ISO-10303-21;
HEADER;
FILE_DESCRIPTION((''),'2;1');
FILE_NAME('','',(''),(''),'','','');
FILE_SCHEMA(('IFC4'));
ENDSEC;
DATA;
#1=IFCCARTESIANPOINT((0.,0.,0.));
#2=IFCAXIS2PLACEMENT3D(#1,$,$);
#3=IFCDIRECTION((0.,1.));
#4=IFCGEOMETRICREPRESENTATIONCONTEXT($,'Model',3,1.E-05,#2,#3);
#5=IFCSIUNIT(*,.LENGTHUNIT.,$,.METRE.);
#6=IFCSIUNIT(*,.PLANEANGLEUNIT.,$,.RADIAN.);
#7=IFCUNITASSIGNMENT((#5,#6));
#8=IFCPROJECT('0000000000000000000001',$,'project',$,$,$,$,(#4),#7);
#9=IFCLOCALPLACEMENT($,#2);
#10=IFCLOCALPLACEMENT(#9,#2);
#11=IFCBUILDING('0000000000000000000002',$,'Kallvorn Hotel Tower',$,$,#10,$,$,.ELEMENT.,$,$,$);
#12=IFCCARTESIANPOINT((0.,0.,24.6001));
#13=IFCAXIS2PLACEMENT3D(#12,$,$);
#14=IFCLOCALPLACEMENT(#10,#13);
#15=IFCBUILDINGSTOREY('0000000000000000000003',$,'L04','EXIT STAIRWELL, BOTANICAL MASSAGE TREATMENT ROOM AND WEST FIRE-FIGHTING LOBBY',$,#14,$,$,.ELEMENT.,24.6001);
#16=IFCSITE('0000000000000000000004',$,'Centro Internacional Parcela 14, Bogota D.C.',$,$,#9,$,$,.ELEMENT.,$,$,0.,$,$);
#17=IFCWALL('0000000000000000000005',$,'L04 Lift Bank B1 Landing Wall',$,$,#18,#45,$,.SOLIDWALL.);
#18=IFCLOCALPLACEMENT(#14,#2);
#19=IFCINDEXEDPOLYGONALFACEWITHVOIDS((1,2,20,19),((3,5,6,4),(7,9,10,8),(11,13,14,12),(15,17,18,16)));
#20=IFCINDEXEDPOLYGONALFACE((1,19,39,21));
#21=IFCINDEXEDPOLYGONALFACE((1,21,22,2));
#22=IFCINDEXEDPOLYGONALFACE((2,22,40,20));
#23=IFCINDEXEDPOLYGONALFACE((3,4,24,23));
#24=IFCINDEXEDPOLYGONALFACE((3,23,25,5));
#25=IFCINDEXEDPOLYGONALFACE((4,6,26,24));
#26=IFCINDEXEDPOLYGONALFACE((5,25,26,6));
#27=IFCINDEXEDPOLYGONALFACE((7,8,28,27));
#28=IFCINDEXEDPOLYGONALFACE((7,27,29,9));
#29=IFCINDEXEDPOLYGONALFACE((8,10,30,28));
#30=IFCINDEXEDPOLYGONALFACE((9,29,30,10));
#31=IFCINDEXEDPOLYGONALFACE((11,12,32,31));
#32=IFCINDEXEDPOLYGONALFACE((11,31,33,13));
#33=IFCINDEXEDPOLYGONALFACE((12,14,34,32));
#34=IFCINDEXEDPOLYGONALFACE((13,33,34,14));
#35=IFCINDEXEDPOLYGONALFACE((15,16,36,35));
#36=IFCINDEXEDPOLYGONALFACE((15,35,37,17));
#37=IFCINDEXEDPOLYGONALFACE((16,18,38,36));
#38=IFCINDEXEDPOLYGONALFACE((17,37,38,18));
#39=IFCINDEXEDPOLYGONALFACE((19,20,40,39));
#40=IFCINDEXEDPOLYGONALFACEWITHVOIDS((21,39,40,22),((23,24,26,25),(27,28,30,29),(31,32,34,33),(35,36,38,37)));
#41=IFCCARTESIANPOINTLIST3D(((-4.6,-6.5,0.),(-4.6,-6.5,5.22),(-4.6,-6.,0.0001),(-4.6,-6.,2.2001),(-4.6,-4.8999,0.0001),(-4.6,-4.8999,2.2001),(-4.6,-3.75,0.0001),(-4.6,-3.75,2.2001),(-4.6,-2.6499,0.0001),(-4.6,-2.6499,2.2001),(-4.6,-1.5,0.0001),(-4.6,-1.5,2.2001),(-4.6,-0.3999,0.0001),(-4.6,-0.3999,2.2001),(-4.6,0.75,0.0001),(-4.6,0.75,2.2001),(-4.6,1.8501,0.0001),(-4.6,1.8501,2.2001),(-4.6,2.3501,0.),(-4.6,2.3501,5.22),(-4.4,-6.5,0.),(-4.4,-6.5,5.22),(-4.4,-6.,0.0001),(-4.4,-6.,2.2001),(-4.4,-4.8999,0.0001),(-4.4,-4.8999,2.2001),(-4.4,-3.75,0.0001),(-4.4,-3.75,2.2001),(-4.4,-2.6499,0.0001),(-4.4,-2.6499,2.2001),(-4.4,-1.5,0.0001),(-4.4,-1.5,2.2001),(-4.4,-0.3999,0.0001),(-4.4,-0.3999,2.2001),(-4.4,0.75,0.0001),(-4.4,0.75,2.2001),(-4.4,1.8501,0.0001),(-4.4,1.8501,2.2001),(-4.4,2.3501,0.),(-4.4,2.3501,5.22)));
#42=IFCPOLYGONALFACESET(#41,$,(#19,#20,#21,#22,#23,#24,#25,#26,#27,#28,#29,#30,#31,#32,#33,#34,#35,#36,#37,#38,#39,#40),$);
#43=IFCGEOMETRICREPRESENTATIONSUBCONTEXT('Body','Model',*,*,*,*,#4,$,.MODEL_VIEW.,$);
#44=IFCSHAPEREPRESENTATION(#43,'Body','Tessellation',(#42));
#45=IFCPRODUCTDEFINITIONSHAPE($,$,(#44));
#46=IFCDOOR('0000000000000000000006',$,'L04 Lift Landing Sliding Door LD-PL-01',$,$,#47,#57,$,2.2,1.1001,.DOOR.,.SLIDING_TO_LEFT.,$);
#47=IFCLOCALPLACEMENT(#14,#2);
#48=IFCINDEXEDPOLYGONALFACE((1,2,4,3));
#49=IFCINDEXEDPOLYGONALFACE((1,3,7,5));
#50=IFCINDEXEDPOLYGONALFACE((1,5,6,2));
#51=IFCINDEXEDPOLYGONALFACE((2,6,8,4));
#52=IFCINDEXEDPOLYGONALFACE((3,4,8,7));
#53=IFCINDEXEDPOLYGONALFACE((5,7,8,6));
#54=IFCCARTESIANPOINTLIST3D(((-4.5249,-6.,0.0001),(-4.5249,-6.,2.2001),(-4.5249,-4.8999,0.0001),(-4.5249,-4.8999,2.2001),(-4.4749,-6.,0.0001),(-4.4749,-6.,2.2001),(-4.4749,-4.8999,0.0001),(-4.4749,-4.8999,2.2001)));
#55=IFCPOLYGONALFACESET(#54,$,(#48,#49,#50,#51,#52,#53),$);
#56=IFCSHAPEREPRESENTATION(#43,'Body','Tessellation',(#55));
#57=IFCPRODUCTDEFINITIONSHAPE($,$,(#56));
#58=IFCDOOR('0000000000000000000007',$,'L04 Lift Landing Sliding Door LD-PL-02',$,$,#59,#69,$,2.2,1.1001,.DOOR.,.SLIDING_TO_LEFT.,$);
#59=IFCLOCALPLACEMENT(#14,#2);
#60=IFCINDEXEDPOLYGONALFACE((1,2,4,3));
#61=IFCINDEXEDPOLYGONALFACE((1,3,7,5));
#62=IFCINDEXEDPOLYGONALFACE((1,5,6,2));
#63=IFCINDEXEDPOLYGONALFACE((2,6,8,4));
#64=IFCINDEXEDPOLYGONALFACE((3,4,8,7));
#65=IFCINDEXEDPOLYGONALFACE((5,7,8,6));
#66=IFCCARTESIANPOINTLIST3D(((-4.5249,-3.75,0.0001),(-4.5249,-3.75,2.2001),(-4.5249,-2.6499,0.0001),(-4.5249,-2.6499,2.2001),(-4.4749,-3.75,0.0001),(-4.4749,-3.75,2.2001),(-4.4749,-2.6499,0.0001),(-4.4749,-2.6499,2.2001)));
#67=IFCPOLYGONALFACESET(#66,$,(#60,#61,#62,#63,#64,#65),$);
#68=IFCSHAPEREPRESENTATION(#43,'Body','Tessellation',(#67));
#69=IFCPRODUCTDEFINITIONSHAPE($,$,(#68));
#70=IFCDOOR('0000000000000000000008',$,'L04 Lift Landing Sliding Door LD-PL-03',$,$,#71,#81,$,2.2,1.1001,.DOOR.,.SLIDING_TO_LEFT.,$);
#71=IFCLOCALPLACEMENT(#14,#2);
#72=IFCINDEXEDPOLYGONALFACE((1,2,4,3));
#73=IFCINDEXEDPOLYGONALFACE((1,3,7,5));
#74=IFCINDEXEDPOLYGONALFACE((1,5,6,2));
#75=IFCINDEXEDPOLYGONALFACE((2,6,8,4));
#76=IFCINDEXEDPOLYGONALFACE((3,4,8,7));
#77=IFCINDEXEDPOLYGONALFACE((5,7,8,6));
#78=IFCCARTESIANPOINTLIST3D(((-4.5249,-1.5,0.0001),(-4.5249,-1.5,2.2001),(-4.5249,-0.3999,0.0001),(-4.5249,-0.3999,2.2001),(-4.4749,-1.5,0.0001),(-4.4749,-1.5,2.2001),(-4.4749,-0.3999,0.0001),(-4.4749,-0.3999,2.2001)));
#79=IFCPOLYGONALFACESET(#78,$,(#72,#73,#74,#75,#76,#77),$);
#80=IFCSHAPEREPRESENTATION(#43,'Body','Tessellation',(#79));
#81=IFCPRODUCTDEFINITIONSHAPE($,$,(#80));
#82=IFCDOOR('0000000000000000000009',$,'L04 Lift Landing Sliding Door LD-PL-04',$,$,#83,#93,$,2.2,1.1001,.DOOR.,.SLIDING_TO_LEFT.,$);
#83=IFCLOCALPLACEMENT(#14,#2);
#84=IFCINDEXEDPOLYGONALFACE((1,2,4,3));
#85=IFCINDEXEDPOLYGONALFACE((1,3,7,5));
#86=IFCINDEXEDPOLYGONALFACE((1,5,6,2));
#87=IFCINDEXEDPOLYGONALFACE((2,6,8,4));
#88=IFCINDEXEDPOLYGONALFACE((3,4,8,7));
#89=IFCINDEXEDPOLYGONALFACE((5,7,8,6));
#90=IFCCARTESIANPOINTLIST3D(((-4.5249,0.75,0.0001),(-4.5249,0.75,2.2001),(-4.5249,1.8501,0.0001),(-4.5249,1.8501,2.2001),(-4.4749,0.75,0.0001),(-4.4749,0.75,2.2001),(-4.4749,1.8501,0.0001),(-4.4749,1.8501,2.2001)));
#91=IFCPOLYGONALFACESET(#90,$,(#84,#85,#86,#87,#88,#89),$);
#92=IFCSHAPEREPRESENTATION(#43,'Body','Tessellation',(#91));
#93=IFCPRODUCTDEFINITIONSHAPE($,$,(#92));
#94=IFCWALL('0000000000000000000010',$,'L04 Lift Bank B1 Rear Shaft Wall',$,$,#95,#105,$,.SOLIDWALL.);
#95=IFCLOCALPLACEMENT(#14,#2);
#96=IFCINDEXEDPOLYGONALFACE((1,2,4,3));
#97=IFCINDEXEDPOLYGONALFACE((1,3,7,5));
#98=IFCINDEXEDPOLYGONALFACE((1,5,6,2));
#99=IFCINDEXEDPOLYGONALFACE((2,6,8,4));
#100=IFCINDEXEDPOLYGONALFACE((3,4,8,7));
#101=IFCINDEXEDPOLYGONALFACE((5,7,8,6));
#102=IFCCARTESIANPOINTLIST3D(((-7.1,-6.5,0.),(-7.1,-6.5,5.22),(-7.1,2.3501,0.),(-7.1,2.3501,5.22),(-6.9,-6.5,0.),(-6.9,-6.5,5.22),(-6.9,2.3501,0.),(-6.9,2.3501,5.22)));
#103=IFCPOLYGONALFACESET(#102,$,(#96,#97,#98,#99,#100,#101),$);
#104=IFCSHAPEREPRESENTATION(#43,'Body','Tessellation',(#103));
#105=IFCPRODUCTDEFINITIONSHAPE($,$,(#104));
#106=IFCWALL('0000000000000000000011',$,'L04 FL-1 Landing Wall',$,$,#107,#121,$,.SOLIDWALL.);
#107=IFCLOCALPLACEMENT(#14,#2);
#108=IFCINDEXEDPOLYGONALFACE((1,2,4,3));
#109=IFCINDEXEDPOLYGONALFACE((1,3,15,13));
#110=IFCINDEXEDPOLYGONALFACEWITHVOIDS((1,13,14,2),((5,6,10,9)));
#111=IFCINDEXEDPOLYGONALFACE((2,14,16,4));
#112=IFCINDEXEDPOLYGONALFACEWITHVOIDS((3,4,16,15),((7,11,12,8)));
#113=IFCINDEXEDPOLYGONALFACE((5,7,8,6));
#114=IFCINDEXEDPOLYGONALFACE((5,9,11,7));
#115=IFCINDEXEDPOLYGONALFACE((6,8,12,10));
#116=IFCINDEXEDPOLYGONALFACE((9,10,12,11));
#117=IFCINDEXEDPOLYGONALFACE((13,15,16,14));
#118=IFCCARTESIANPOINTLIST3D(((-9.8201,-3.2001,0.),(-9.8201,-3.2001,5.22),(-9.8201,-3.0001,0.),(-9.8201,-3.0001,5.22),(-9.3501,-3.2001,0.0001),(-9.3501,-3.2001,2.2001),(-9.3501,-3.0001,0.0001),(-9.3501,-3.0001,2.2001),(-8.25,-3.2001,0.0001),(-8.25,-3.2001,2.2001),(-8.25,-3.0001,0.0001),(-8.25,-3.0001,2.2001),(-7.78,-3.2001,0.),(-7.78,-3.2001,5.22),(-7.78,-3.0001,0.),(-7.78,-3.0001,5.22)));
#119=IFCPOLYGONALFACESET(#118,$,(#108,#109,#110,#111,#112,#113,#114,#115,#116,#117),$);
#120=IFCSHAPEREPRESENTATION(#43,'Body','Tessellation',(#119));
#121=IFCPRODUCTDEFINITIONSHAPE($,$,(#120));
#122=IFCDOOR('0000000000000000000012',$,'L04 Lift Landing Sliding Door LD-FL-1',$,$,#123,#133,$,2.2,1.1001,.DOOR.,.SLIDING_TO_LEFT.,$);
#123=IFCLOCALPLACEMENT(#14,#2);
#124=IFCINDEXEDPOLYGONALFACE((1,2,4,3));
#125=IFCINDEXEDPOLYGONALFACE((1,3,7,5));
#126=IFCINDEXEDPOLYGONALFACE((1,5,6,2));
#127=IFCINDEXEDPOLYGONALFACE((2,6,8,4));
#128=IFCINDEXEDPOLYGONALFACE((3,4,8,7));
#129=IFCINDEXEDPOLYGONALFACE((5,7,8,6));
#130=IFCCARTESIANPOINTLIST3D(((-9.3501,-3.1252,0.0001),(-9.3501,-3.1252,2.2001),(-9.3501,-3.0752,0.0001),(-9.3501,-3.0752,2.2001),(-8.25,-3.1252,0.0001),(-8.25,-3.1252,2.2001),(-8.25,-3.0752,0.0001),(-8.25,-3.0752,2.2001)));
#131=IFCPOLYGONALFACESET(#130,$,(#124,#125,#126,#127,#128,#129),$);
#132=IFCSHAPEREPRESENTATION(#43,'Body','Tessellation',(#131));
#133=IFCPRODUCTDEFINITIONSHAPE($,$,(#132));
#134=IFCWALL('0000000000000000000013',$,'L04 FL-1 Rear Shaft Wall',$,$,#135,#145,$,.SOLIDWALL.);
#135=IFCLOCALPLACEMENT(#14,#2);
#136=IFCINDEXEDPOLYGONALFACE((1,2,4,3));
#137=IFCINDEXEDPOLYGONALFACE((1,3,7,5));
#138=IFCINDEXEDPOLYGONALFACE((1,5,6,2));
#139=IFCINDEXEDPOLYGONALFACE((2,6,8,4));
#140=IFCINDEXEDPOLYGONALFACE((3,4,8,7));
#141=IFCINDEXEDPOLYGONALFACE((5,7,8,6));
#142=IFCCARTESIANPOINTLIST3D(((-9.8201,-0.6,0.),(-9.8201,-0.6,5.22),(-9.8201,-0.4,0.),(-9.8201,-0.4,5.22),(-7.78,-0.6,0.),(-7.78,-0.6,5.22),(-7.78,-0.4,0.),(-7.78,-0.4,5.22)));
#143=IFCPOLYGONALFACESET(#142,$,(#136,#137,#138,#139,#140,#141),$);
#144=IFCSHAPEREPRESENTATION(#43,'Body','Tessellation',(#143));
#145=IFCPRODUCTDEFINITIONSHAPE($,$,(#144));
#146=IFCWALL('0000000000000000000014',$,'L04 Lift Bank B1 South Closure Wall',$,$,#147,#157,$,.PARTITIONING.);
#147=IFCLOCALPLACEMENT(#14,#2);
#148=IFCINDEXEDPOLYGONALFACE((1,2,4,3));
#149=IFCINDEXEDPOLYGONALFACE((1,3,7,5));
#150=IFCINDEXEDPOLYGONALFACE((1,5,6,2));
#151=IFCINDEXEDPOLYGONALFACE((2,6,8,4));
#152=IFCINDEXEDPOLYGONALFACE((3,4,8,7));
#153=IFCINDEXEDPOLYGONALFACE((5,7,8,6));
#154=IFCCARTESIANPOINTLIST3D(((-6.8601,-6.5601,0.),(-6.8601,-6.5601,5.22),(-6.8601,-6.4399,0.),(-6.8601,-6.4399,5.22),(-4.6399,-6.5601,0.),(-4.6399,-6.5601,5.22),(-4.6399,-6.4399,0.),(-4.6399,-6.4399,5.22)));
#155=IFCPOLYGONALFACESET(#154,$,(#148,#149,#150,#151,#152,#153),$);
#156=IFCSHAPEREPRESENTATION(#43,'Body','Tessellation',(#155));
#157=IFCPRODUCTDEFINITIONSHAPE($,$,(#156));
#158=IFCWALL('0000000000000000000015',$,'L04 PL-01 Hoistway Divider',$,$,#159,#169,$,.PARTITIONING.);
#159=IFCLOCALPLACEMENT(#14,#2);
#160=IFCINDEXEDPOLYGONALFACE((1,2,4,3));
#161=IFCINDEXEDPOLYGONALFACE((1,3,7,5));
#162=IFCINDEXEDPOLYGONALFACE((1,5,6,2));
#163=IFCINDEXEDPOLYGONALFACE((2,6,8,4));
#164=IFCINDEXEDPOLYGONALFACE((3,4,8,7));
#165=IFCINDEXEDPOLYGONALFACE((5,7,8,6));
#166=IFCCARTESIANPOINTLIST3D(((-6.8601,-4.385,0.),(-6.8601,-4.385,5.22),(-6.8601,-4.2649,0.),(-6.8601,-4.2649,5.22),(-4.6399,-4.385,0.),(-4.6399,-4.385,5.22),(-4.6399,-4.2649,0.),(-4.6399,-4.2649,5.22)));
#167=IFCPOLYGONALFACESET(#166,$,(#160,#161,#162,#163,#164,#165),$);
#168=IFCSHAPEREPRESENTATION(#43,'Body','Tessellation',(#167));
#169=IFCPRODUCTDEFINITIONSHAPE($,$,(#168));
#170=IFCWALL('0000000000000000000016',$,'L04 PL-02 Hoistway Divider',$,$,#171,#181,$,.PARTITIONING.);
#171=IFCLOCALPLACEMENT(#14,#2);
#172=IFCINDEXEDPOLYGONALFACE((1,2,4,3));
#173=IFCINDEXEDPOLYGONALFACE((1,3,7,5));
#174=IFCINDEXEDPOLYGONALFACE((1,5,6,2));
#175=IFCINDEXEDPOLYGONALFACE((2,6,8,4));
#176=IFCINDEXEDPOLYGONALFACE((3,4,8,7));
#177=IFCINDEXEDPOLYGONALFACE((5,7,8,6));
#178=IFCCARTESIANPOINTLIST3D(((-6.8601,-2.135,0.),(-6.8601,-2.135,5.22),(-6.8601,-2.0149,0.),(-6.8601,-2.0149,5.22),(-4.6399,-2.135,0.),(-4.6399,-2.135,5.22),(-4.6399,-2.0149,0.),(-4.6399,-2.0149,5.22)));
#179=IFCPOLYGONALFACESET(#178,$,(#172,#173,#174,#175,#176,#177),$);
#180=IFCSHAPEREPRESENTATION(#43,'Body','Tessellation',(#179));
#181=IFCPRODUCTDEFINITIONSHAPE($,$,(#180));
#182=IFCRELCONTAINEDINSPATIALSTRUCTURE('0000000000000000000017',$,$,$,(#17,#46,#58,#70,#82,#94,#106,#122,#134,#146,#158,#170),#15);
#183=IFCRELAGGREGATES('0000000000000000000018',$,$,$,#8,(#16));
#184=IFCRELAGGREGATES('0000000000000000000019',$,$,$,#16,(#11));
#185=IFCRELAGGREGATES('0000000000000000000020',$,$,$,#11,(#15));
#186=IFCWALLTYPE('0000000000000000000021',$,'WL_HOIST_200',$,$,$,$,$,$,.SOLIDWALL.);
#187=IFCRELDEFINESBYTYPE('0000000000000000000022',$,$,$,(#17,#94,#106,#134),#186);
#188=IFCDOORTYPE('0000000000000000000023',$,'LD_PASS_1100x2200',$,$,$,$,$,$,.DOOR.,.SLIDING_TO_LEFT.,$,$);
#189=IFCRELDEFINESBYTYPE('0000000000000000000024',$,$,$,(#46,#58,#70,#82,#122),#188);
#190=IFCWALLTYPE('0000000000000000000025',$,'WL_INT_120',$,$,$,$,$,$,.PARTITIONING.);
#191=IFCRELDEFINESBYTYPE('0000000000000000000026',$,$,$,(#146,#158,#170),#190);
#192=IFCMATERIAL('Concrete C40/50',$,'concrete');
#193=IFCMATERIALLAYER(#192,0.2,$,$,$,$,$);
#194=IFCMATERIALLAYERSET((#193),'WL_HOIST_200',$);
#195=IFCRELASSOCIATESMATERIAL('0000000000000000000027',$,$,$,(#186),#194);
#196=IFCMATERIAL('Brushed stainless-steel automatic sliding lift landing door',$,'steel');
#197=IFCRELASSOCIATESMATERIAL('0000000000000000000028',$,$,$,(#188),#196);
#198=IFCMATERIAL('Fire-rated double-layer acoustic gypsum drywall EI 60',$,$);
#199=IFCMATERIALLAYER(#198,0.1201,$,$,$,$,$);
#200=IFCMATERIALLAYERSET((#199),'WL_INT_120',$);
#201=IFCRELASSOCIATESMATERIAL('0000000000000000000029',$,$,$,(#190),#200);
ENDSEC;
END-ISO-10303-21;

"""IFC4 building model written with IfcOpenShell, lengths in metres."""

from ifc_helpers import new_model, si_unit, direction, frame, frame_2d, origin, place, context, subcontext, project, spatial, rectangle, extrude, material, layer, layer_set, type_object, element, fill, save


model = new_model("IFC4")

# Units and contexts
model_context = context("Model", 3, precision=1e-05, world=origin(), true_north=direction((0.0, 1.0)))
body_context = subcontext(model_context, "Body", "Model", "MODEL_VIEW")
ifc_project = project(units=[si_unit("LENGTHUNIT", "METRE"), si_unit("PLANEANGLEUNIT", "RADIAN")], contexts=[model_context])

# Site, building, storey
site_placement = place(None, origin())
site = spatial("IfcSite", under=ifc_project, at=site_placement, Name="Centro Internacional Parcela 14, Bogota D.C.", CompositionType="ELEMENT", RefElevation=0.0)
building_placement = place(site_placement, origin())
building = spatial("IfcBuilding", under=site, at=building_placement, Name="Kallvorn Hotel Tower", CompositionType="ELEMENT")
storey_placement = place(building_placement, frame((0.0, 0.0, 24.6001)))
storey = spatial("IfcBuildingStorey", under=building, at=storey_placement, Name="L04", Description="EXIT STAIRWELL, BOTANICAL MASSAGE TREATMENT ROOM AND WEST FIRE-FIGHTING LOBBY", CompositionType="ELEMENT", Elevation=24.6001)

# Wall, openings, doors
ifc_material_1 = material(Name="Concrete C40/50", Category="concrete")
ifc_layer_1 = layer(ifc_material_1, 0.2)
ifc_layer_set_1 = layer_set([ifc_layer_1], Name="WL_HOIST_200")
wall_type_1 = type_object("IfcWallType", Name="WL_HOIST_200", PredefinedType="SOLIDWALL", material=ifc_layer_set_1)
wall_1_placement = place(storey_placement, frame((-4.5, -6.5, 0.0), z_axis=(0.0, 0.0, 1.0), x_axis=(0.0, 1.0, 0.0)))
wall_1 = element("IfcWall", 1, at=wall_1_placement, inside=storey, type_object=wall_type_1, Name="L04 Lift Bank B1 Landing Wall", PredefinedType="SOLIDWALL", context=body_context, shape_type="SweptSolid", body=[
    extrude(rectangle(XDim=8.8501, YDim=0.2, at=frame_2d((4.425, 0.0))), origin(), (0.0, 0.0, 1.0), 5.22),
])
opening_1_placement = place(wall_1_placement, frame((0.5, 0.0, 0.0)))
opening_1 = element("IfcOpeningElement", 2, at=opening_1_placement, cuts=wall_1, PredefinedType="OPENING", context=body_context, shape_type="SweptSolid", body=[
    extrude(rectangle(XDim=1.1001, YDim=2.2, at=frame_2d((0.55, 1.1001))), frame((0.0, 0.115, 0.0), z_axis=(0.0, -1.0, 0.0), x_axis=(1.0, 0.0, 0.0)), (0.0, 0.0, 1.0), 0.23),
])
opening_2_placement = place(wall_1_placement, frame((2.75, 0.0, 0.0)))
opening_2 = element("IfcOpeningElement", 3, at=opening_2_placement, cuts=wall_1, PredefinedType="OPENING", context=body_context, shape_type="SweptSolid", body=[
    extrude(rectangle(XDim=1.1001, YDim=2.2, at=frame_2d((0.55, 1.1001))), frame((0.0, 0.115, 0.0), z_axis=(0.0, -1.0, 0.0), x_axis=(1.0, 0.0, 0.0)), (0.0, 0.0, 1.0), 0.23),
])
opening_3_placement = place(wall_1_placement, frame((5.0, 0.0, 0.0)))
opening_3 = element("IfcOpeningElement", 4, at=opening_3_placement, cuts=wall_1, PredefinedType="OPENING", context=body_context, shape_type="SweptSolid", body=[
    extrude(rectangle(XDim=1.1001, YDim=2.2, at=frame_2d((0.55, 1.1001))), frame((0.0, 0.115, 0.0), z_axis=(0.0, -1.0, 0.0), x_axis=(1.0, 0.0, 0.0)), (0.0, 0.0, 1.0), 0.23),
])
opening_4_placement = place(wall_1_placement, frame((7.25, 0.0, 0.0)))
opening_4 = element("IfcOpeningElement", 5, at=opening_4_placement, cuts=wall_1, PredefinedType="OPENING", context=body_context, shape_type="SweptSolid", body=[
    extrude(rectangle(XDim=1.1001, YDim=2.2, at=frame_2d((0.55, 1.1001))), frame((0.0, 0.115, 0.0), z_axis=(0.0, -1.0, 0.0), x_axis=(1.0, 0.0, 0.0)), (0.0, 0.0, 1.0), 0.23),
])
ifc_material_2 = material(Name="Brushed stainless-steel automatic sliding lift landing door", Category="steel")
door_type_1 = type_object("IfcDoorType", Name="LD_PASS_1100x2200", OperationType="SLIDING_TO_LEFT", PredefinedType="DOOR", material=ifc_material_2)
door_1_placement = place(opening_1_placement, origin())
door_1 = element("IfcDoor", 6, at=door_1_placement, inside=storey, type_object=door_type_1, Name="L04 Lift Landing Sliding Door LD-PL-01", OperationType="SLIDING_TO_LEFT", OverallHeight=2.2, OverallWidth=1.1001, PredefinedType="DOOR", context=body_context, shape_type="SweptSolid", body=[
    extrude(rectangle(XDim=1.1001, YDim=2.2, at=frame_2d((0.55, 1.1001))), frame((0.0, 0.0249, 0.0), z_axis=(0.0, -1.0, 0.0), x_axis=(1.0, 0.0, 0.0)), (0.0, 0.0, 1.0), 0.05),
])
fill(opening_1, door_1)
door_2_placement = place(opening_2_placement, origin())
door_2 = element("IfcDoor", 7, at=door_2_placement, inside=storey, type_object=door_type_1, Name="L04 Lift Landing Sliding Door LD-PL-02", OperationType="SLIDING_TO_LEFT", OverallHeight=2.2, OverallWidth=1.1001, PredefinedType="DOOR", context=body_context, shape_type="SweptSolid", body=[
    extrude(rectangle(XDim=1.1001, YDim=2.2, at=frame_2d((0.55, 1.1001))), frame((0.0, 0.0249, 0.0), z_axis=(0.0, -1.0, 0.0), x_axis=(1.0, 0.0, 0.0)), (0.0, 0.0, 1.0), 0.05),
])
fill(opening_2, door_2)
door_3_placement = place(opening_3_placement, origin())
door_3 = element("IfcDoor", 8, at=door_3_placement, inside=storey, type_object=door_type_1, Name="L04 Lift Landing Sliding Door LD-PL-03", OperationType="SLIDING_TO_LEFT", OverallHeight=2.2, OverallWidth=1.1001, PredefinedType="DOOR", context=body_context, shape_type="SweptSolid", body=[
    extrude(rectangle(XDim=1.1001, YDim=2.2, at=frame_2d((0.55, 1.1001))), frame((0.0, 0.0249, 0.0), z_axis=(0.0, -1.0, 0.0), x_axis=(1.0, 0.0, 0.0)), (0.0, 0.0, 1.0), 0.05),
])
fill(opening_3, door_3)
door_4_placement = place(opening_4_placement, origin())
door_4 = element("IfcDoor", 9, at=door_4_placement, inside=storey, type_object=door_type_1, Name="L04 Lift Landing Sliding Door LD-PL-04", OperationType="SLIDING_TO_LEFT", OverallHeight=2.2, OverallWidth=1.1001, PredefinedType="DOOR", context=body_context, shape_type="SweptSolid", body=[
    extrude(rectangle(XDim=1.1001, YDim=2.2, at=frame_2d((0.55, 1.1001))), frame((0.0, 0.0249, 0.0), z_axis=(0.0, -1.0, 0.0), x_axis=(1.0, 0.0, 0.0)), (0.0, 0.0, 1.0), 0.05),
])
fill(opening_4, door_4)

# Wall
wall_2_placement = place(storey_placement, frame((-7.0, -6.5, 0.0), z_axis=(0.0, 0.0, 1.0), x_axis=(0.0, 1.0, 0.0)))
element("IfcWall", 10, at=wall_2_placement, inside=storey, type_object=wall_type_1, Name="L04 Lift Bank B1 Rear Shaft Wall", PredefinedType="SOLIDWALL", context=body_context, shape_type="SweptSolid", body=[
    extrude(rectangle(XDim=8.8501, YDim=0.2, at=frame_2d((4.425, 0.0))), origin(), (0.0, 0.0, 1.0), 5.22),
])

# Wall, opening, door
wall_3_placement = place(storey_placement, frame((-9.8201, -3.1001, 0.0), z_axis=(0.0, 0.0, 1.0), x_axis=(1.0, 0.0, 0.0)))
wall_3 = element("IfcWall", 11, at=wall_3_placement, inside=storey, type_object=wall_type_1, Name="L04 FL-1 Landing Wall", PredefinedType="SOLIDWALL", context=body_context, shape_type="SweptSolid", body=[
    extrude(rectangle(XDim=2.04, YDim=0.2, at=frame_2d((1.02, 0.0))), origin(), (0.0, 0.0, 1.0), 5.22),
])
opening_5_placement = place(wall_3_placement, frame((0.47, 0.0, 0.0)))
opening_5 = element("IfcOpeningElement", 12, at=opening_5_placement, cuts=wall_3, PredefinedType="OPENING", context=body_context, shape_type="SweptSolid", body=[
    extrude(rectangle(XDim=1.1001, YDim=2.2, at=frame_2d((0.55, 1.1001))), frame((0.0, 0.115, 0.0), z_axis=(0.0, -1.0, 0.0), x_axis=(1.0, 0.0, 0.0)), (0.0, 0.0, 1.0), 0.23),
])
door_5_placement = place(opening_5_placement, origin())
door_5 = element("IfcDoor", 13, at=door_5_placement, inside=storey, type_object=door_type_1, Name="L04 Lift Landing Sliding Door LD-FL-1", OperationType="SLIDING_TO_LEFT", OverallHeight=2.2, OverallWidth=1.1001, PredefinedType="DOOR", context=body_context, shape_type="SweptSolid", body=[
    extrude(rectangle(XDim=1.1001, YDim=2.2, at=frame_2d((0.55, 1.1001))), frame((0.0, 0.0249, 0.0), z_axis=(0.0, -1.0, 0.0), x_axis=(1.0, 0.0, 0.0)), (0.0, 0.0, 1.0), 0.05),
])
fill(opening_5, door_5)

# Walls
wall_4_placement = place(storey_placement, frame((-9.8201, -0.5, 0.0), z_axis=(0.0, 0.0, 1.0), x_axis=(1.0, 0.0, 0.0)))
element("IfcWall", 14, at=wall_4_placement, inside=storey, type_object=wall_type_1, Name="L04 FL-1 Rear Shaft Wall", PredefinedType="SOLIDWALL", context=body_context, shape_type="SweptSolid", body=[
    extrude(rectangle(XDim=2.04, YDim=0.2, at=frame_2d((1.02, 0.0))), origin(), (0.0, 0.0, 1.0), 5.22),
])
ifc_material_3 = material(Name="Fire-rated double-layer acoustic gypsum drywall EI 60")
ifc_layer_2 = layer(ifc_material_3, 0.1201)
ifc_layer_set_2 = layer_set([ifc_layer_2], Name="WL_INT_120")
wall_type_2 = type_object("IfcWallType", Name="WL_INT_120", PredefinedType="PARTITIONING", material=ifc_layer_set_2)
for number, where, z_axis, x_axis, name in (
    (15, (-6.8601, -6.5, 0.0), (0.0, 0.0, 1.0), (1.0, 0.0, 0.0), "L04 Lift Bank B1 South Closure Wall"),
    (16, (-6.8601, -4.325, 0.0), (0.0, 0.0, 1.0), (1.0, 0.0, 0.0), "L04 PL-01 Hoistway Divider"),
    (17, (-6.8601, -2.075, 0.0), (0.0, 0.0, 1.0), (1.0, 0.0, 0.0), "L04 PL-02 Hoistway Divider"),
):
    element("IfcWall", number, at=place(storey_placement, frame(where, z_axis=z_axis, x_axis=x_axis)), inside=storey, type_object=wall_type_2, Name=name, PredefinedType="PARTITIONING", context=body_context, shape_type="SweptSolid", body=[
        extrude(rectangle(XDim=2.2202, YDim=0.1201, at=frame_2d((1.1101, 0.0))), origin(), (0.0, 0.0, 1.0), 5.22),
    ])

save(model, "model.ifc")
